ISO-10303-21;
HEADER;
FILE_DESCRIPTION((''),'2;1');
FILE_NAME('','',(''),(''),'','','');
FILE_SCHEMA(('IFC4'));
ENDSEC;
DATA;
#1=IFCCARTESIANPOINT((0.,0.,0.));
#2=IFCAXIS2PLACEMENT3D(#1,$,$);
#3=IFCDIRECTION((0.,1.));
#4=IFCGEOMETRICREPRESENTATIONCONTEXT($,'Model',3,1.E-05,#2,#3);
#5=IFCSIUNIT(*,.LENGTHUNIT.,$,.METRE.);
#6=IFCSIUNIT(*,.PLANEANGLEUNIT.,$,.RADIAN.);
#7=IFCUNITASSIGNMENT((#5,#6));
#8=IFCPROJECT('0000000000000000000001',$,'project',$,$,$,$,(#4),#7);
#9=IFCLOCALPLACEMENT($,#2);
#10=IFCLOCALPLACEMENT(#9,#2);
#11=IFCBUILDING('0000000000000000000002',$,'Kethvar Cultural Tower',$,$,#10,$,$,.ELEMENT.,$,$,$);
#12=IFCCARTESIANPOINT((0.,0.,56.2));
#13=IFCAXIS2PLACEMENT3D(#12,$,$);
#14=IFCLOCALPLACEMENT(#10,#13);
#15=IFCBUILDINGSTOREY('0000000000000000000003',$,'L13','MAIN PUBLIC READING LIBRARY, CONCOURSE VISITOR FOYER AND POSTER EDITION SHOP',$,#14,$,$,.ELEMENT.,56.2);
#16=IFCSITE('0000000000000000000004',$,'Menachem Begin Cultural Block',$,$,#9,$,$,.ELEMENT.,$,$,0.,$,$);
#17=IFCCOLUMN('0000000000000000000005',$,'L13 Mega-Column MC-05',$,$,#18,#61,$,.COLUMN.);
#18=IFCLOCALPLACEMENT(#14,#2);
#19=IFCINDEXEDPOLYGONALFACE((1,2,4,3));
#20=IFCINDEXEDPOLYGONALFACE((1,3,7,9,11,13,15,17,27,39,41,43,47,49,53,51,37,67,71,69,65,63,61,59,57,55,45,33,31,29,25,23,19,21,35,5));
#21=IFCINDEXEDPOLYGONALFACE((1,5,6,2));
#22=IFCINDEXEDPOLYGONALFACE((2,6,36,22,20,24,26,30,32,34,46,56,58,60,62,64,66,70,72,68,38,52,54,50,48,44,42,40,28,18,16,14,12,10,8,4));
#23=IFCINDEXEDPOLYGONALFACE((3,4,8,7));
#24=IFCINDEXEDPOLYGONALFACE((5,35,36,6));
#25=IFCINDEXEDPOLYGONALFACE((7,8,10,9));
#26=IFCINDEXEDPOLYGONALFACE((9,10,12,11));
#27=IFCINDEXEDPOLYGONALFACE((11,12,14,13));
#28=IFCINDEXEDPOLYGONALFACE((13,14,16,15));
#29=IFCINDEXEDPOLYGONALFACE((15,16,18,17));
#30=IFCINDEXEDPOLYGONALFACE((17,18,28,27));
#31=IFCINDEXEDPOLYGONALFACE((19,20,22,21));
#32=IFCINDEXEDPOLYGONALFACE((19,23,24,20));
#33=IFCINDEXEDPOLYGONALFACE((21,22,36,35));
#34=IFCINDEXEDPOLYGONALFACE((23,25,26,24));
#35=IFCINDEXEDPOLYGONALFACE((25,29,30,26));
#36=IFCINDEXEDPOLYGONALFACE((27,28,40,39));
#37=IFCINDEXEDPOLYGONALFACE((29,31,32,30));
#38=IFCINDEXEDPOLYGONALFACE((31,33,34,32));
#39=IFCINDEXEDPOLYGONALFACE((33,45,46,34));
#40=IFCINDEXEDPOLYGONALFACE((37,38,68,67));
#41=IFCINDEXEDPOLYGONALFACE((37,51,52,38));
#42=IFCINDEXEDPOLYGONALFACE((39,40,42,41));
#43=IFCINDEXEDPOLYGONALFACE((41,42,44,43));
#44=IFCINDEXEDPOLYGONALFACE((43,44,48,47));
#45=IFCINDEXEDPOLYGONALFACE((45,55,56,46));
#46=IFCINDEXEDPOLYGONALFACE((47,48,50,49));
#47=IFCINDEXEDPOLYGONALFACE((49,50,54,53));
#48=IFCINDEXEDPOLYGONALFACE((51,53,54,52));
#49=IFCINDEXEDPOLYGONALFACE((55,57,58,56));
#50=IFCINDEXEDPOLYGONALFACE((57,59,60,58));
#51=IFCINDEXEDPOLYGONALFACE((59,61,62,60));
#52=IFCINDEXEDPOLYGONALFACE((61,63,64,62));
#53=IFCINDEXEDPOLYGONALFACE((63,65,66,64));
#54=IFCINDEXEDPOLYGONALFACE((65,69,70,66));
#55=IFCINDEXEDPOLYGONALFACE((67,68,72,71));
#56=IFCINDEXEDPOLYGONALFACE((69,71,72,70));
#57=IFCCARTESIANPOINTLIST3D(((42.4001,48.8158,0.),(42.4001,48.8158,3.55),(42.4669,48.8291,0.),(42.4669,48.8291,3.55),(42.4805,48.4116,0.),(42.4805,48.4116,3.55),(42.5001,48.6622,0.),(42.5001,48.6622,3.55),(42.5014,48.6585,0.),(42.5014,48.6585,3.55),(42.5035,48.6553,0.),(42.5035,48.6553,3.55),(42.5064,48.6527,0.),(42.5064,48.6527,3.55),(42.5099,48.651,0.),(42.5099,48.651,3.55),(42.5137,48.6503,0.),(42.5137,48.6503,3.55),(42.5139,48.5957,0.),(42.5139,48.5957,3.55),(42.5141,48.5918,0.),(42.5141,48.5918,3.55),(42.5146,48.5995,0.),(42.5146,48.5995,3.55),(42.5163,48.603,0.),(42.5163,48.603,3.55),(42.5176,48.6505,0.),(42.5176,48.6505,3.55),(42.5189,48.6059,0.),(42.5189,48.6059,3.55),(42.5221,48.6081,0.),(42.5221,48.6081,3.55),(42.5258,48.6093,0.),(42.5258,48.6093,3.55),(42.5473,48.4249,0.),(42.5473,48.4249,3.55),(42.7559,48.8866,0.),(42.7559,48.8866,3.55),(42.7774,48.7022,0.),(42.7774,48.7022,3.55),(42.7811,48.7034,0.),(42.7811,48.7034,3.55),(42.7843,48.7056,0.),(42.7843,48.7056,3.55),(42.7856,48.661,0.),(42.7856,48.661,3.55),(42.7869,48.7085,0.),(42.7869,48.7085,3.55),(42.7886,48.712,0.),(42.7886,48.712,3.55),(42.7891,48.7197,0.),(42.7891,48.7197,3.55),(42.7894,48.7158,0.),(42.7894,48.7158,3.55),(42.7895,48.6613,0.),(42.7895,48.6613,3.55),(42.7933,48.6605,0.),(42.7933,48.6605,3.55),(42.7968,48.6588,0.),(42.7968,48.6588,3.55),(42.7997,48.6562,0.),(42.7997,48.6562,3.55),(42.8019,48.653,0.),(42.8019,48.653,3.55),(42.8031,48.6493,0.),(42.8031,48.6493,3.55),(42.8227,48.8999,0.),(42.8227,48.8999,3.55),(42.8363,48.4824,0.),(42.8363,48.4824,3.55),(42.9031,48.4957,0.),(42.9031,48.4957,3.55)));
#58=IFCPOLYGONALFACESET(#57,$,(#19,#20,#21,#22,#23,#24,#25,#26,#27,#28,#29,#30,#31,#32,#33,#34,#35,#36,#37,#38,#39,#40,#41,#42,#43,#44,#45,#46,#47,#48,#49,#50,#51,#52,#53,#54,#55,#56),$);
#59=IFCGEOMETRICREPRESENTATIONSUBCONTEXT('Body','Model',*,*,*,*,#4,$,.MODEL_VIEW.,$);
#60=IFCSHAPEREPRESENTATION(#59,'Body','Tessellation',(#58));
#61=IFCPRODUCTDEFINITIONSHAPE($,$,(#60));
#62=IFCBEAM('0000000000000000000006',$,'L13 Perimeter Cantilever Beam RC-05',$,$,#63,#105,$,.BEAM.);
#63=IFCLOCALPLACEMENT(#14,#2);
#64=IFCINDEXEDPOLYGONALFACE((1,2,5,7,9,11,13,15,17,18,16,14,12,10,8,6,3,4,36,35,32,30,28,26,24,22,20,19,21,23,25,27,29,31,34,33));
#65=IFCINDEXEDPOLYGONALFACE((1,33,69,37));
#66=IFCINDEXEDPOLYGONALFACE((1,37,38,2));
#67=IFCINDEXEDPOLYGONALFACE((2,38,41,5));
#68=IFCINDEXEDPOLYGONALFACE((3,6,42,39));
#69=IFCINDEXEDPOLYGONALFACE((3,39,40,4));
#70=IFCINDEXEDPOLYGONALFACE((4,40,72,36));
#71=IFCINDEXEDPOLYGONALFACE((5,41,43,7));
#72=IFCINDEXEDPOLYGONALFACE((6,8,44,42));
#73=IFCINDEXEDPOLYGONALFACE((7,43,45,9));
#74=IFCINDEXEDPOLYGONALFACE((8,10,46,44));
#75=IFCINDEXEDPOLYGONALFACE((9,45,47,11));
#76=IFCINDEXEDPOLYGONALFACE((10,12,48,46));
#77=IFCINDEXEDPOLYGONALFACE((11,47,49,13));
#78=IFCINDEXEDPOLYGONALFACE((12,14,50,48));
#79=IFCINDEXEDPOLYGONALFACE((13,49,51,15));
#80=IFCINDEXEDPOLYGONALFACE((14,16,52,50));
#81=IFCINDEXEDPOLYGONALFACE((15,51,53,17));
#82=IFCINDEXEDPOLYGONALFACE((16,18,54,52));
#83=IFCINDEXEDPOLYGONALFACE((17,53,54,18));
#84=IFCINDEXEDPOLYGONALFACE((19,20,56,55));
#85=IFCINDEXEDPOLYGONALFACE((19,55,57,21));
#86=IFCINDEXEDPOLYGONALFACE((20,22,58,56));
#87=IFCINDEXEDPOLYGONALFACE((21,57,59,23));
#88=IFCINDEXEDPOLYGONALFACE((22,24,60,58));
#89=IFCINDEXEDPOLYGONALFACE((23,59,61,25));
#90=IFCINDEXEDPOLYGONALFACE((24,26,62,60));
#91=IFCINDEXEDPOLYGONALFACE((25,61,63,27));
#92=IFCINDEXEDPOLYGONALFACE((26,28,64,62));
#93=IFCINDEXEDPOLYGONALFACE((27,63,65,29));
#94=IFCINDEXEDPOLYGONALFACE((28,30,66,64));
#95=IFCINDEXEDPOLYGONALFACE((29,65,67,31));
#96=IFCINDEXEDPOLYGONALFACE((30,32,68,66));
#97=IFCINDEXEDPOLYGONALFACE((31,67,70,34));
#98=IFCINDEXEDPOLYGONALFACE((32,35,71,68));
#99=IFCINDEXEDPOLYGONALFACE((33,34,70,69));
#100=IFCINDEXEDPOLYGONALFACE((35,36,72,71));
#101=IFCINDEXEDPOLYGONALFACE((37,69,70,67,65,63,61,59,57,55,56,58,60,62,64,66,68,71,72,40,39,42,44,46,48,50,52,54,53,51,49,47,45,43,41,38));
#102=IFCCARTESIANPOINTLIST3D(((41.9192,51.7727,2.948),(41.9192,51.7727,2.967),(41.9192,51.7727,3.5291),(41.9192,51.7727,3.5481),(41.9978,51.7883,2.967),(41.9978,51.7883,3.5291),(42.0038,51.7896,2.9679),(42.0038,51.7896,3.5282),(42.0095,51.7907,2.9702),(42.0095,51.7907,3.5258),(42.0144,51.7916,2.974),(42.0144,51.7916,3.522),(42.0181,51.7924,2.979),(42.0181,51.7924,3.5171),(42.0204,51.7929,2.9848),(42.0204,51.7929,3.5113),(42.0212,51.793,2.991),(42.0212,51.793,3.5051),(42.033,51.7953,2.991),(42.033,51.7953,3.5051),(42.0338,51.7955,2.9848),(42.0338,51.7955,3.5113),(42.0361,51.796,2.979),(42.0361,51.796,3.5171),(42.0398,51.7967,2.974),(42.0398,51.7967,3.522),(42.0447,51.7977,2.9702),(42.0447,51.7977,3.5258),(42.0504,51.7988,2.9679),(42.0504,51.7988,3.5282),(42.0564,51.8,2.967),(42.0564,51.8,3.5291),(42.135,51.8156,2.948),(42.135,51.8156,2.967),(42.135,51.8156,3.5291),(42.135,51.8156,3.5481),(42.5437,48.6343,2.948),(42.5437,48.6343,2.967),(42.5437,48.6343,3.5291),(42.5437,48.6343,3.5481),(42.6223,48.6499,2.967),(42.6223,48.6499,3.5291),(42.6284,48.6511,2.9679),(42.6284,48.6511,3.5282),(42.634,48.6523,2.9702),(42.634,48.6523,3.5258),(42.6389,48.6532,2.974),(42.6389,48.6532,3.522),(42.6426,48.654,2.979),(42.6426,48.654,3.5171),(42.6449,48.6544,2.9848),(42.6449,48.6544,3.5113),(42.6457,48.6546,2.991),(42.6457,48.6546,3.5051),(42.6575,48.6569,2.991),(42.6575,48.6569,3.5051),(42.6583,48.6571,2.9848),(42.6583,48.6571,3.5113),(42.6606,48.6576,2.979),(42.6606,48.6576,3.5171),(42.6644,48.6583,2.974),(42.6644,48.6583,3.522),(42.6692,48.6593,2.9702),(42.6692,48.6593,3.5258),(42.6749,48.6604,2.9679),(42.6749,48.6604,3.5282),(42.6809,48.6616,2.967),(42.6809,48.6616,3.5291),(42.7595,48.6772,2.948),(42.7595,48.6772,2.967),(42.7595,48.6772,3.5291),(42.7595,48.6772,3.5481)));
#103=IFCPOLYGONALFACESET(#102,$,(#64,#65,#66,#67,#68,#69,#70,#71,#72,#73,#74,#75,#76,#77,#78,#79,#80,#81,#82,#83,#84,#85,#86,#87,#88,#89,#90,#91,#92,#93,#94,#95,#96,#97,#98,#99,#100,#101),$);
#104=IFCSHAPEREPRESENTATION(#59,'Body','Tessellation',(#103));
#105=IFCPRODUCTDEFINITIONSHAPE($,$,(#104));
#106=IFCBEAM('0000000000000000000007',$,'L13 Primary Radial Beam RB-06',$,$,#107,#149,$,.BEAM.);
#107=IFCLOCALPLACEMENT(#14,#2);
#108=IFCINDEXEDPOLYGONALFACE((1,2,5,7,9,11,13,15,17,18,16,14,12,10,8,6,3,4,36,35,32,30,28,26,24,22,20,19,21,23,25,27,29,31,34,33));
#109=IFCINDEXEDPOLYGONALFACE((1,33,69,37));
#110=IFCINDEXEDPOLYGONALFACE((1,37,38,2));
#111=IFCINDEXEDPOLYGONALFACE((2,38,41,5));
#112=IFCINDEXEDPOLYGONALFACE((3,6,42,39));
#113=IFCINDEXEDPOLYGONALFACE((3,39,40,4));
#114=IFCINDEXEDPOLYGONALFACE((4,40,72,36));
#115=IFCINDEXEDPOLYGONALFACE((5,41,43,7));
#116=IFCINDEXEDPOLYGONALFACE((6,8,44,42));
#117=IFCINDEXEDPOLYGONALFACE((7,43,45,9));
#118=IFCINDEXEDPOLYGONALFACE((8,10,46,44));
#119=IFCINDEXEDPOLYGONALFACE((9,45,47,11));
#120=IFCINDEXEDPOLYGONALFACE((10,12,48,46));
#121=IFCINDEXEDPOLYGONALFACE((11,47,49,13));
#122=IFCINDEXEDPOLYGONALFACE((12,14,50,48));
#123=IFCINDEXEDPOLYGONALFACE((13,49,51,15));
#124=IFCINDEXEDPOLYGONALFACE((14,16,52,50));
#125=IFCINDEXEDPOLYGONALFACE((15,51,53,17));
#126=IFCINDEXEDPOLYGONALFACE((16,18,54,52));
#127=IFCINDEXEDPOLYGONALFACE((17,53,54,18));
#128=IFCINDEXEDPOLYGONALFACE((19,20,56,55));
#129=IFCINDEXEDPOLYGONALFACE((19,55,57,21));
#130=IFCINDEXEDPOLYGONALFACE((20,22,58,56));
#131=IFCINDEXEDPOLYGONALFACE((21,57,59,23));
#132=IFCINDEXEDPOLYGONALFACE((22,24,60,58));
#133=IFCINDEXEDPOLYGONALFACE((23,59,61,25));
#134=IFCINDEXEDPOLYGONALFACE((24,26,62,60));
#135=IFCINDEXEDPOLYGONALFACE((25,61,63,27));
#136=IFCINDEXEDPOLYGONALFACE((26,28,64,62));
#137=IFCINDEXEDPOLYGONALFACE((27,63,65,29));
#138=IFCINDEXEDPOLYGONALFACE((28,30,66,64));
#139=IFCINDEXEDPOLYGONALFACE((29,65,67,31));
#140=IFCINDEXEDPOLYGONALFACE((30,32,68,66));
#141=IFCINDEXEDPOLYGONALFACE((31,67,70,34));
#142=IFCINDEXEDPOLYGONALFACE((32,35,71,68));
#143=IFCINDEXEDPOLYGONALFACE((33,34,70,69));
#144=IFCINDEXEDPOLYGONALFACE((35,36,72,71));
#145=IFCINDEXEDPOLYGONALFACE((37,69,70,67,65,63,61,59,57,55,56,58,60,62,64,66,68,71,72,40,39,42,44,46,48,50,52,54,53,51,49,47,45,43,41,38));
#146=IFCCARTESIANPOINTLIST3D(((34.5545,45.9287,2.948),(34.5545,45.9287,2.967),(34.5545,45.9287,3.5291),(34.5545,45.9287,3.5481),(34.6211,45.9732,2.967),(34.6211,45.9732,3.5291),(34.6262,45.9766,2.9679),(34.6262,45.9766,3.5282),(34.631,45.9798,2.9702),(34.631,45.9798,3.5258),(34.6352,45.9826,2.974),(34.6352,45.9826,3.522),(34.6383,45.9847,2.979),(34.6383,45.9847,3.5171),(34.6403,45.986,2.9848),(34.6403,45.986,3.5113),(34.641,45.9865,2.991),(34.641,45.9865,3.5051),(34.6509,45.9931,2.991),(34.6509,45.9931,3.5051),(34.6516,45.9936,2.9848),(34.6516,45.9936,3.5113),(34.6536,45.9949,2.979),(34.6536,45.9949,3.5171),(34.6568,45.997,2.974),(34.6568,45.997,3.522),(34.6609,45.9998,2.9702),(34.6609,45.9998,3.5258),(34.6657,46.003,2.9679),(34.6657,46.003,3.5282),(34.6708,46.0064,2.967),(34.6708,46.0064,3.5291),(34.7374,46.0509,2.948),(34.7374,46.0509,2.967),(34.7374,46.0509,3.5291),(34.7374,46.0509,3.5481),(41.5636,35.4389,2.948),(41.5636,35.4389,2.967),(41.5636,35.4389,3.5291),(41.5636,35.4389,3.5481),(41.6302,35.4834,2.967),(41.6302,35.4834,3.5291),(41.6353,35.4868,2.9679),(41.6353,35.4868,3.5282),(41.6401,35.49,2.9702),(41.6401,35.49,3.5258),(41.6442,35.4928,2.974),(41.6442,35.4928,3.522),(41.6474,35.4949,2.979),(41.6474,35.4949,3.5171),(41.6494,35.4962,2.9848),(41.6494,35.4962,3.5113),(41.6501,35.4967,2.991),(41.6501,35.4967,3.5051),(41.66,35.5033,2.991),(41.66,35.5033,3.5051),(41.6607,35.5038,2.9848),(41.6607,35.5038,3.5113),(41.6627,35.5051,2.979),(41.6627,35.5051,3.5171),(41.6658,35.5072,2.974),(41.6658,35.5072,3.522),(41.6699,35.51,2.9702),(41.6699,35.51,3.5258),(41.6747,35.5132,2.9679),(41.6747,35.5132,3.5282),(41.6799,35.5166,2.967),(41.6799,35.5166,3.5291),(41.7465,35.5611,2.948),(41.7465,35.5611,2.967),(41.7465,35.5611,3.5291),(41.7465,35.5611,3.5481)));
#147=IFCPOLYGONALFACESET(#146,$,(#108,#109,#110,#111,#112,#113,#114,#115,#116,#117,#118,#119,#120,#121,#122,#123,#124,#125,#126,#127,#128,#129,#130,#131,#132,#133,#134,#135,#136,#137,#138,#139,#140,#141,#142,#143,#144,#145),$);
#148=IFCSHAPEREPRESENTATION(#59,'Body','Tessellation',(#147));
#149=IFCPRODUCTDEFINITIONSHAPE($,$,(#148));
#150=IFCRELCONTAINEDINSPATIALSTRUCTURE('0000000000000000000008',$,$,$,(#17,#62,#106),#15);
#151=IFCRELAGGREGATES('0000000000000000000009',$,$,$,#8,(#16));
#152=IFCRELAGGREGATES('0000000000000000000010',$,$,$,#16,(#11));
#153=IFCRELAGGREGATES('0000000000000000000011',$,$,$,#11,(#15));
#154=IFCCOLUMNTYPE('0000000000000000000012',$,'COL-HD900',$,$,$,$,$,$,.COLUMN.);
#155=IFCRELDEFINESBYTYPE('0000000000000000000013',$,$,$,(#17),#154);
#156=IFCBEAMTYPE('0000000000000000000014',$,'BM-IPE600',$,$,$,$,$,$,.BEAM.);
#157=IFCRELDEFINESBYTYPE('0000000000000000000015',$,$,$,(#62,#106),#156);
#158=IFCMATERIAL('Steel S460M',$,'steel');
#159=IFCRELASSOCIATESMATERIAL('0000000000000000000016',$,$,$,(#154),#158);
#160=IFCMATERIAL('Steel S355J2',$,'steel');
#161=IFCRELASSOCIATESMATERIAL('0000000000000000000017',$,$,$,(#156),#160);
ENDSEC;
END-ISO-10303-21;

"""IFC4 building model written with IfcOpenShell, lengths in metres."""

from ifc_helpers import new_model, si_unit, direction, frame, origin, origin_2d, place, context, subcontext, project, spatial, i_section, extrude, source, transform, mapped, material, material_profile, profile_set, type_object, element, save


model = new_model("IFC4")

# Units and contexts
model_context = context("Model", 3, precision=1e-05, world=origin(), true_north=direction((0.0, 1.0)))
body_context = subcontext(model_context, "Body", "Model", "MODEL_VIEW")
ifc_project = project(units=[si_unit("LENGTHUNIT", "METRE"), si_unit("PLANEANGLEUNIT", "RADIAN")], contexts=[model_context])

# Site, building, storey
site_placement = place(None, origin())
site = spatial("IfcSite", under=ifc_project, at=site_placement, Name="Menachem Begin Cultural Block", CompositionType="ELEMENT", RefElevation=0.0)
building_placement = place(site_placement, origin())
building = spatial("IfcBuilding", under=site, at=building_placement, Name="Kethvar Cultural Tower", CompositionType="ELEMENT")
storey_placement = place(building_placement, frame((0.0, 0.0, 56.2)))
storey = spatial("IfcBuildingStorey", under=building, at=storey_placement, Name="L13", Description="MAIN PUBLIC READING LIBRARY, CONCOURSE VISITOR FOYER AND POSTER EDITION SHOP", CompositionType="ELEMENT", Elevation=56.2)

# Column
ifc_material_1 = material(Name="Steel S460M", Category="steel")
ifc_material_profile_1 = material_profile(ifc_material_1, i_section(OverallWidth=0.4121, OverallDepth=0.4309, WebThickness=0.042, FlangeThickness=0.0681, FilletRadius=0.0149, at=origin_2d()), Name="Steel S460M — HD400x900")
ifc_profile_set_1 = profile_set([ifc_material_profile_1], Name="Steel S460M — HD400x900")
column_type = type_object("IfcColumnType", Name="COL-HD900", PredefinedType="COLUMN", material=ifc_profile_set_1)
shared_shape_1 = source(origin(), body_context, "Body", "SweptSolid", [
    extrude(i_section(OverallWidth=0.4121, OverallDepth=0.4309, WebThickness=0.042, FlangeThickness=0.0681, FilletRadius=0.0149, at=origin_2d()), origin(), (0.0, 0.0, 1.0), 3.55),
])
column_placement = place(storey_placement, frame((42.6516, 48.6558, 0.0), z_axis=(0.0, 0.0, 1.0), x_axis=(-0.19509, 0.980785, 0.0)))
element("IfcColumn", 1, at=column_placement, inside=storey, type_object=column_type, Name="L13 Mega-Column MC-05", PredefinedType="COLUMN", context=body_context, shape_type="MappedRepresentation", body=[
    mapped(shared_shape_1, transform((0.0, 0.0, 0.0), scale=1.0)),
])

# Beams
ifc_material_2 = material(Name="Steel S355J2", Category="steel")
ifc_material_profile_2 = material_profile(ifc_material_2, i_section(OverallWidth=0.22, OverallDepth=0.6001, WebThickness=0.012, FlangeThickness=0.019, FilletRadius=0.0239, at=origin_2d()), Name="Steel S355J2 — IPE600")
ifc_profile_set_2 = profile_set([ifc_material_profile_2], Name="Steel S355J2 — IPE600")
beam_type_1 = type_object("IfcBeamType", Name="BM-IPE600", PredefinedType="BEAM", material=ifc_profile_set_2)
shared_shape_2 = source(origin(), body_context, "Body", "SweptSolid", [
    extrude(i_section(OverallWidth=0.22, OverallDepth=0.6001, WebThickness=0.012, FlangeThickness=0.019, FilletRadius=0.0239, at=origin_2d()), origin(), (0.0, 0.0, 1.0), 3.2),
])
beam_1_placement = place(storey_placement, frame((42.6516, 48.6558, 3.248), z_axis=(-0.195162, 0.980771, 0.0), x_axis=(-0.980771, -0.195162, 0.0)))
element("IfcBeam", 2, at=beam_1_placement, inside=storey, type_object=beam_type_1, Name="L13 Perimeter Cantilever Beam RC-05", PredefinedType="BEAM", context=body_context, shape_type="MappedRepresentation", body=[
    mapped(shared_shape_2, transform((0.0, 0.0, 0.0), scale=1.0)),
])
shared_shape_3 = source(origin(), body_context, "Body", "SweptSolid", [
    extrude(i_section(OverallWidth=0.22, OverallDepth=0.6001, WebThickness=0.012, FlangeThickness=0.019, FilletRadius=0.0239, at=origin_2d()), origin(), (0.0, 0.0, 1.0), 12.616),
])
beam_2_placement = place(storey_placement, frame((41.655, 35.5, 3.248), z_axis=(-0.555571, 0.831469, 0.0), x_axis=(-0.831469, -0.555571, 0.0)))
element("IfcBeam", 3, at=beam_2_placement, inside=storey, type_object=beam_type_1, Name="L13 Primary Radial Beam RB-06", PredefinedType="BEAM", context=body_context, shape_type="MappedRepresentation", body=[
    mapped(shared_shape_3, transform((0.0, 0.0, 0.0), scale=1.0)),
])

save(model, "model.ifc")
